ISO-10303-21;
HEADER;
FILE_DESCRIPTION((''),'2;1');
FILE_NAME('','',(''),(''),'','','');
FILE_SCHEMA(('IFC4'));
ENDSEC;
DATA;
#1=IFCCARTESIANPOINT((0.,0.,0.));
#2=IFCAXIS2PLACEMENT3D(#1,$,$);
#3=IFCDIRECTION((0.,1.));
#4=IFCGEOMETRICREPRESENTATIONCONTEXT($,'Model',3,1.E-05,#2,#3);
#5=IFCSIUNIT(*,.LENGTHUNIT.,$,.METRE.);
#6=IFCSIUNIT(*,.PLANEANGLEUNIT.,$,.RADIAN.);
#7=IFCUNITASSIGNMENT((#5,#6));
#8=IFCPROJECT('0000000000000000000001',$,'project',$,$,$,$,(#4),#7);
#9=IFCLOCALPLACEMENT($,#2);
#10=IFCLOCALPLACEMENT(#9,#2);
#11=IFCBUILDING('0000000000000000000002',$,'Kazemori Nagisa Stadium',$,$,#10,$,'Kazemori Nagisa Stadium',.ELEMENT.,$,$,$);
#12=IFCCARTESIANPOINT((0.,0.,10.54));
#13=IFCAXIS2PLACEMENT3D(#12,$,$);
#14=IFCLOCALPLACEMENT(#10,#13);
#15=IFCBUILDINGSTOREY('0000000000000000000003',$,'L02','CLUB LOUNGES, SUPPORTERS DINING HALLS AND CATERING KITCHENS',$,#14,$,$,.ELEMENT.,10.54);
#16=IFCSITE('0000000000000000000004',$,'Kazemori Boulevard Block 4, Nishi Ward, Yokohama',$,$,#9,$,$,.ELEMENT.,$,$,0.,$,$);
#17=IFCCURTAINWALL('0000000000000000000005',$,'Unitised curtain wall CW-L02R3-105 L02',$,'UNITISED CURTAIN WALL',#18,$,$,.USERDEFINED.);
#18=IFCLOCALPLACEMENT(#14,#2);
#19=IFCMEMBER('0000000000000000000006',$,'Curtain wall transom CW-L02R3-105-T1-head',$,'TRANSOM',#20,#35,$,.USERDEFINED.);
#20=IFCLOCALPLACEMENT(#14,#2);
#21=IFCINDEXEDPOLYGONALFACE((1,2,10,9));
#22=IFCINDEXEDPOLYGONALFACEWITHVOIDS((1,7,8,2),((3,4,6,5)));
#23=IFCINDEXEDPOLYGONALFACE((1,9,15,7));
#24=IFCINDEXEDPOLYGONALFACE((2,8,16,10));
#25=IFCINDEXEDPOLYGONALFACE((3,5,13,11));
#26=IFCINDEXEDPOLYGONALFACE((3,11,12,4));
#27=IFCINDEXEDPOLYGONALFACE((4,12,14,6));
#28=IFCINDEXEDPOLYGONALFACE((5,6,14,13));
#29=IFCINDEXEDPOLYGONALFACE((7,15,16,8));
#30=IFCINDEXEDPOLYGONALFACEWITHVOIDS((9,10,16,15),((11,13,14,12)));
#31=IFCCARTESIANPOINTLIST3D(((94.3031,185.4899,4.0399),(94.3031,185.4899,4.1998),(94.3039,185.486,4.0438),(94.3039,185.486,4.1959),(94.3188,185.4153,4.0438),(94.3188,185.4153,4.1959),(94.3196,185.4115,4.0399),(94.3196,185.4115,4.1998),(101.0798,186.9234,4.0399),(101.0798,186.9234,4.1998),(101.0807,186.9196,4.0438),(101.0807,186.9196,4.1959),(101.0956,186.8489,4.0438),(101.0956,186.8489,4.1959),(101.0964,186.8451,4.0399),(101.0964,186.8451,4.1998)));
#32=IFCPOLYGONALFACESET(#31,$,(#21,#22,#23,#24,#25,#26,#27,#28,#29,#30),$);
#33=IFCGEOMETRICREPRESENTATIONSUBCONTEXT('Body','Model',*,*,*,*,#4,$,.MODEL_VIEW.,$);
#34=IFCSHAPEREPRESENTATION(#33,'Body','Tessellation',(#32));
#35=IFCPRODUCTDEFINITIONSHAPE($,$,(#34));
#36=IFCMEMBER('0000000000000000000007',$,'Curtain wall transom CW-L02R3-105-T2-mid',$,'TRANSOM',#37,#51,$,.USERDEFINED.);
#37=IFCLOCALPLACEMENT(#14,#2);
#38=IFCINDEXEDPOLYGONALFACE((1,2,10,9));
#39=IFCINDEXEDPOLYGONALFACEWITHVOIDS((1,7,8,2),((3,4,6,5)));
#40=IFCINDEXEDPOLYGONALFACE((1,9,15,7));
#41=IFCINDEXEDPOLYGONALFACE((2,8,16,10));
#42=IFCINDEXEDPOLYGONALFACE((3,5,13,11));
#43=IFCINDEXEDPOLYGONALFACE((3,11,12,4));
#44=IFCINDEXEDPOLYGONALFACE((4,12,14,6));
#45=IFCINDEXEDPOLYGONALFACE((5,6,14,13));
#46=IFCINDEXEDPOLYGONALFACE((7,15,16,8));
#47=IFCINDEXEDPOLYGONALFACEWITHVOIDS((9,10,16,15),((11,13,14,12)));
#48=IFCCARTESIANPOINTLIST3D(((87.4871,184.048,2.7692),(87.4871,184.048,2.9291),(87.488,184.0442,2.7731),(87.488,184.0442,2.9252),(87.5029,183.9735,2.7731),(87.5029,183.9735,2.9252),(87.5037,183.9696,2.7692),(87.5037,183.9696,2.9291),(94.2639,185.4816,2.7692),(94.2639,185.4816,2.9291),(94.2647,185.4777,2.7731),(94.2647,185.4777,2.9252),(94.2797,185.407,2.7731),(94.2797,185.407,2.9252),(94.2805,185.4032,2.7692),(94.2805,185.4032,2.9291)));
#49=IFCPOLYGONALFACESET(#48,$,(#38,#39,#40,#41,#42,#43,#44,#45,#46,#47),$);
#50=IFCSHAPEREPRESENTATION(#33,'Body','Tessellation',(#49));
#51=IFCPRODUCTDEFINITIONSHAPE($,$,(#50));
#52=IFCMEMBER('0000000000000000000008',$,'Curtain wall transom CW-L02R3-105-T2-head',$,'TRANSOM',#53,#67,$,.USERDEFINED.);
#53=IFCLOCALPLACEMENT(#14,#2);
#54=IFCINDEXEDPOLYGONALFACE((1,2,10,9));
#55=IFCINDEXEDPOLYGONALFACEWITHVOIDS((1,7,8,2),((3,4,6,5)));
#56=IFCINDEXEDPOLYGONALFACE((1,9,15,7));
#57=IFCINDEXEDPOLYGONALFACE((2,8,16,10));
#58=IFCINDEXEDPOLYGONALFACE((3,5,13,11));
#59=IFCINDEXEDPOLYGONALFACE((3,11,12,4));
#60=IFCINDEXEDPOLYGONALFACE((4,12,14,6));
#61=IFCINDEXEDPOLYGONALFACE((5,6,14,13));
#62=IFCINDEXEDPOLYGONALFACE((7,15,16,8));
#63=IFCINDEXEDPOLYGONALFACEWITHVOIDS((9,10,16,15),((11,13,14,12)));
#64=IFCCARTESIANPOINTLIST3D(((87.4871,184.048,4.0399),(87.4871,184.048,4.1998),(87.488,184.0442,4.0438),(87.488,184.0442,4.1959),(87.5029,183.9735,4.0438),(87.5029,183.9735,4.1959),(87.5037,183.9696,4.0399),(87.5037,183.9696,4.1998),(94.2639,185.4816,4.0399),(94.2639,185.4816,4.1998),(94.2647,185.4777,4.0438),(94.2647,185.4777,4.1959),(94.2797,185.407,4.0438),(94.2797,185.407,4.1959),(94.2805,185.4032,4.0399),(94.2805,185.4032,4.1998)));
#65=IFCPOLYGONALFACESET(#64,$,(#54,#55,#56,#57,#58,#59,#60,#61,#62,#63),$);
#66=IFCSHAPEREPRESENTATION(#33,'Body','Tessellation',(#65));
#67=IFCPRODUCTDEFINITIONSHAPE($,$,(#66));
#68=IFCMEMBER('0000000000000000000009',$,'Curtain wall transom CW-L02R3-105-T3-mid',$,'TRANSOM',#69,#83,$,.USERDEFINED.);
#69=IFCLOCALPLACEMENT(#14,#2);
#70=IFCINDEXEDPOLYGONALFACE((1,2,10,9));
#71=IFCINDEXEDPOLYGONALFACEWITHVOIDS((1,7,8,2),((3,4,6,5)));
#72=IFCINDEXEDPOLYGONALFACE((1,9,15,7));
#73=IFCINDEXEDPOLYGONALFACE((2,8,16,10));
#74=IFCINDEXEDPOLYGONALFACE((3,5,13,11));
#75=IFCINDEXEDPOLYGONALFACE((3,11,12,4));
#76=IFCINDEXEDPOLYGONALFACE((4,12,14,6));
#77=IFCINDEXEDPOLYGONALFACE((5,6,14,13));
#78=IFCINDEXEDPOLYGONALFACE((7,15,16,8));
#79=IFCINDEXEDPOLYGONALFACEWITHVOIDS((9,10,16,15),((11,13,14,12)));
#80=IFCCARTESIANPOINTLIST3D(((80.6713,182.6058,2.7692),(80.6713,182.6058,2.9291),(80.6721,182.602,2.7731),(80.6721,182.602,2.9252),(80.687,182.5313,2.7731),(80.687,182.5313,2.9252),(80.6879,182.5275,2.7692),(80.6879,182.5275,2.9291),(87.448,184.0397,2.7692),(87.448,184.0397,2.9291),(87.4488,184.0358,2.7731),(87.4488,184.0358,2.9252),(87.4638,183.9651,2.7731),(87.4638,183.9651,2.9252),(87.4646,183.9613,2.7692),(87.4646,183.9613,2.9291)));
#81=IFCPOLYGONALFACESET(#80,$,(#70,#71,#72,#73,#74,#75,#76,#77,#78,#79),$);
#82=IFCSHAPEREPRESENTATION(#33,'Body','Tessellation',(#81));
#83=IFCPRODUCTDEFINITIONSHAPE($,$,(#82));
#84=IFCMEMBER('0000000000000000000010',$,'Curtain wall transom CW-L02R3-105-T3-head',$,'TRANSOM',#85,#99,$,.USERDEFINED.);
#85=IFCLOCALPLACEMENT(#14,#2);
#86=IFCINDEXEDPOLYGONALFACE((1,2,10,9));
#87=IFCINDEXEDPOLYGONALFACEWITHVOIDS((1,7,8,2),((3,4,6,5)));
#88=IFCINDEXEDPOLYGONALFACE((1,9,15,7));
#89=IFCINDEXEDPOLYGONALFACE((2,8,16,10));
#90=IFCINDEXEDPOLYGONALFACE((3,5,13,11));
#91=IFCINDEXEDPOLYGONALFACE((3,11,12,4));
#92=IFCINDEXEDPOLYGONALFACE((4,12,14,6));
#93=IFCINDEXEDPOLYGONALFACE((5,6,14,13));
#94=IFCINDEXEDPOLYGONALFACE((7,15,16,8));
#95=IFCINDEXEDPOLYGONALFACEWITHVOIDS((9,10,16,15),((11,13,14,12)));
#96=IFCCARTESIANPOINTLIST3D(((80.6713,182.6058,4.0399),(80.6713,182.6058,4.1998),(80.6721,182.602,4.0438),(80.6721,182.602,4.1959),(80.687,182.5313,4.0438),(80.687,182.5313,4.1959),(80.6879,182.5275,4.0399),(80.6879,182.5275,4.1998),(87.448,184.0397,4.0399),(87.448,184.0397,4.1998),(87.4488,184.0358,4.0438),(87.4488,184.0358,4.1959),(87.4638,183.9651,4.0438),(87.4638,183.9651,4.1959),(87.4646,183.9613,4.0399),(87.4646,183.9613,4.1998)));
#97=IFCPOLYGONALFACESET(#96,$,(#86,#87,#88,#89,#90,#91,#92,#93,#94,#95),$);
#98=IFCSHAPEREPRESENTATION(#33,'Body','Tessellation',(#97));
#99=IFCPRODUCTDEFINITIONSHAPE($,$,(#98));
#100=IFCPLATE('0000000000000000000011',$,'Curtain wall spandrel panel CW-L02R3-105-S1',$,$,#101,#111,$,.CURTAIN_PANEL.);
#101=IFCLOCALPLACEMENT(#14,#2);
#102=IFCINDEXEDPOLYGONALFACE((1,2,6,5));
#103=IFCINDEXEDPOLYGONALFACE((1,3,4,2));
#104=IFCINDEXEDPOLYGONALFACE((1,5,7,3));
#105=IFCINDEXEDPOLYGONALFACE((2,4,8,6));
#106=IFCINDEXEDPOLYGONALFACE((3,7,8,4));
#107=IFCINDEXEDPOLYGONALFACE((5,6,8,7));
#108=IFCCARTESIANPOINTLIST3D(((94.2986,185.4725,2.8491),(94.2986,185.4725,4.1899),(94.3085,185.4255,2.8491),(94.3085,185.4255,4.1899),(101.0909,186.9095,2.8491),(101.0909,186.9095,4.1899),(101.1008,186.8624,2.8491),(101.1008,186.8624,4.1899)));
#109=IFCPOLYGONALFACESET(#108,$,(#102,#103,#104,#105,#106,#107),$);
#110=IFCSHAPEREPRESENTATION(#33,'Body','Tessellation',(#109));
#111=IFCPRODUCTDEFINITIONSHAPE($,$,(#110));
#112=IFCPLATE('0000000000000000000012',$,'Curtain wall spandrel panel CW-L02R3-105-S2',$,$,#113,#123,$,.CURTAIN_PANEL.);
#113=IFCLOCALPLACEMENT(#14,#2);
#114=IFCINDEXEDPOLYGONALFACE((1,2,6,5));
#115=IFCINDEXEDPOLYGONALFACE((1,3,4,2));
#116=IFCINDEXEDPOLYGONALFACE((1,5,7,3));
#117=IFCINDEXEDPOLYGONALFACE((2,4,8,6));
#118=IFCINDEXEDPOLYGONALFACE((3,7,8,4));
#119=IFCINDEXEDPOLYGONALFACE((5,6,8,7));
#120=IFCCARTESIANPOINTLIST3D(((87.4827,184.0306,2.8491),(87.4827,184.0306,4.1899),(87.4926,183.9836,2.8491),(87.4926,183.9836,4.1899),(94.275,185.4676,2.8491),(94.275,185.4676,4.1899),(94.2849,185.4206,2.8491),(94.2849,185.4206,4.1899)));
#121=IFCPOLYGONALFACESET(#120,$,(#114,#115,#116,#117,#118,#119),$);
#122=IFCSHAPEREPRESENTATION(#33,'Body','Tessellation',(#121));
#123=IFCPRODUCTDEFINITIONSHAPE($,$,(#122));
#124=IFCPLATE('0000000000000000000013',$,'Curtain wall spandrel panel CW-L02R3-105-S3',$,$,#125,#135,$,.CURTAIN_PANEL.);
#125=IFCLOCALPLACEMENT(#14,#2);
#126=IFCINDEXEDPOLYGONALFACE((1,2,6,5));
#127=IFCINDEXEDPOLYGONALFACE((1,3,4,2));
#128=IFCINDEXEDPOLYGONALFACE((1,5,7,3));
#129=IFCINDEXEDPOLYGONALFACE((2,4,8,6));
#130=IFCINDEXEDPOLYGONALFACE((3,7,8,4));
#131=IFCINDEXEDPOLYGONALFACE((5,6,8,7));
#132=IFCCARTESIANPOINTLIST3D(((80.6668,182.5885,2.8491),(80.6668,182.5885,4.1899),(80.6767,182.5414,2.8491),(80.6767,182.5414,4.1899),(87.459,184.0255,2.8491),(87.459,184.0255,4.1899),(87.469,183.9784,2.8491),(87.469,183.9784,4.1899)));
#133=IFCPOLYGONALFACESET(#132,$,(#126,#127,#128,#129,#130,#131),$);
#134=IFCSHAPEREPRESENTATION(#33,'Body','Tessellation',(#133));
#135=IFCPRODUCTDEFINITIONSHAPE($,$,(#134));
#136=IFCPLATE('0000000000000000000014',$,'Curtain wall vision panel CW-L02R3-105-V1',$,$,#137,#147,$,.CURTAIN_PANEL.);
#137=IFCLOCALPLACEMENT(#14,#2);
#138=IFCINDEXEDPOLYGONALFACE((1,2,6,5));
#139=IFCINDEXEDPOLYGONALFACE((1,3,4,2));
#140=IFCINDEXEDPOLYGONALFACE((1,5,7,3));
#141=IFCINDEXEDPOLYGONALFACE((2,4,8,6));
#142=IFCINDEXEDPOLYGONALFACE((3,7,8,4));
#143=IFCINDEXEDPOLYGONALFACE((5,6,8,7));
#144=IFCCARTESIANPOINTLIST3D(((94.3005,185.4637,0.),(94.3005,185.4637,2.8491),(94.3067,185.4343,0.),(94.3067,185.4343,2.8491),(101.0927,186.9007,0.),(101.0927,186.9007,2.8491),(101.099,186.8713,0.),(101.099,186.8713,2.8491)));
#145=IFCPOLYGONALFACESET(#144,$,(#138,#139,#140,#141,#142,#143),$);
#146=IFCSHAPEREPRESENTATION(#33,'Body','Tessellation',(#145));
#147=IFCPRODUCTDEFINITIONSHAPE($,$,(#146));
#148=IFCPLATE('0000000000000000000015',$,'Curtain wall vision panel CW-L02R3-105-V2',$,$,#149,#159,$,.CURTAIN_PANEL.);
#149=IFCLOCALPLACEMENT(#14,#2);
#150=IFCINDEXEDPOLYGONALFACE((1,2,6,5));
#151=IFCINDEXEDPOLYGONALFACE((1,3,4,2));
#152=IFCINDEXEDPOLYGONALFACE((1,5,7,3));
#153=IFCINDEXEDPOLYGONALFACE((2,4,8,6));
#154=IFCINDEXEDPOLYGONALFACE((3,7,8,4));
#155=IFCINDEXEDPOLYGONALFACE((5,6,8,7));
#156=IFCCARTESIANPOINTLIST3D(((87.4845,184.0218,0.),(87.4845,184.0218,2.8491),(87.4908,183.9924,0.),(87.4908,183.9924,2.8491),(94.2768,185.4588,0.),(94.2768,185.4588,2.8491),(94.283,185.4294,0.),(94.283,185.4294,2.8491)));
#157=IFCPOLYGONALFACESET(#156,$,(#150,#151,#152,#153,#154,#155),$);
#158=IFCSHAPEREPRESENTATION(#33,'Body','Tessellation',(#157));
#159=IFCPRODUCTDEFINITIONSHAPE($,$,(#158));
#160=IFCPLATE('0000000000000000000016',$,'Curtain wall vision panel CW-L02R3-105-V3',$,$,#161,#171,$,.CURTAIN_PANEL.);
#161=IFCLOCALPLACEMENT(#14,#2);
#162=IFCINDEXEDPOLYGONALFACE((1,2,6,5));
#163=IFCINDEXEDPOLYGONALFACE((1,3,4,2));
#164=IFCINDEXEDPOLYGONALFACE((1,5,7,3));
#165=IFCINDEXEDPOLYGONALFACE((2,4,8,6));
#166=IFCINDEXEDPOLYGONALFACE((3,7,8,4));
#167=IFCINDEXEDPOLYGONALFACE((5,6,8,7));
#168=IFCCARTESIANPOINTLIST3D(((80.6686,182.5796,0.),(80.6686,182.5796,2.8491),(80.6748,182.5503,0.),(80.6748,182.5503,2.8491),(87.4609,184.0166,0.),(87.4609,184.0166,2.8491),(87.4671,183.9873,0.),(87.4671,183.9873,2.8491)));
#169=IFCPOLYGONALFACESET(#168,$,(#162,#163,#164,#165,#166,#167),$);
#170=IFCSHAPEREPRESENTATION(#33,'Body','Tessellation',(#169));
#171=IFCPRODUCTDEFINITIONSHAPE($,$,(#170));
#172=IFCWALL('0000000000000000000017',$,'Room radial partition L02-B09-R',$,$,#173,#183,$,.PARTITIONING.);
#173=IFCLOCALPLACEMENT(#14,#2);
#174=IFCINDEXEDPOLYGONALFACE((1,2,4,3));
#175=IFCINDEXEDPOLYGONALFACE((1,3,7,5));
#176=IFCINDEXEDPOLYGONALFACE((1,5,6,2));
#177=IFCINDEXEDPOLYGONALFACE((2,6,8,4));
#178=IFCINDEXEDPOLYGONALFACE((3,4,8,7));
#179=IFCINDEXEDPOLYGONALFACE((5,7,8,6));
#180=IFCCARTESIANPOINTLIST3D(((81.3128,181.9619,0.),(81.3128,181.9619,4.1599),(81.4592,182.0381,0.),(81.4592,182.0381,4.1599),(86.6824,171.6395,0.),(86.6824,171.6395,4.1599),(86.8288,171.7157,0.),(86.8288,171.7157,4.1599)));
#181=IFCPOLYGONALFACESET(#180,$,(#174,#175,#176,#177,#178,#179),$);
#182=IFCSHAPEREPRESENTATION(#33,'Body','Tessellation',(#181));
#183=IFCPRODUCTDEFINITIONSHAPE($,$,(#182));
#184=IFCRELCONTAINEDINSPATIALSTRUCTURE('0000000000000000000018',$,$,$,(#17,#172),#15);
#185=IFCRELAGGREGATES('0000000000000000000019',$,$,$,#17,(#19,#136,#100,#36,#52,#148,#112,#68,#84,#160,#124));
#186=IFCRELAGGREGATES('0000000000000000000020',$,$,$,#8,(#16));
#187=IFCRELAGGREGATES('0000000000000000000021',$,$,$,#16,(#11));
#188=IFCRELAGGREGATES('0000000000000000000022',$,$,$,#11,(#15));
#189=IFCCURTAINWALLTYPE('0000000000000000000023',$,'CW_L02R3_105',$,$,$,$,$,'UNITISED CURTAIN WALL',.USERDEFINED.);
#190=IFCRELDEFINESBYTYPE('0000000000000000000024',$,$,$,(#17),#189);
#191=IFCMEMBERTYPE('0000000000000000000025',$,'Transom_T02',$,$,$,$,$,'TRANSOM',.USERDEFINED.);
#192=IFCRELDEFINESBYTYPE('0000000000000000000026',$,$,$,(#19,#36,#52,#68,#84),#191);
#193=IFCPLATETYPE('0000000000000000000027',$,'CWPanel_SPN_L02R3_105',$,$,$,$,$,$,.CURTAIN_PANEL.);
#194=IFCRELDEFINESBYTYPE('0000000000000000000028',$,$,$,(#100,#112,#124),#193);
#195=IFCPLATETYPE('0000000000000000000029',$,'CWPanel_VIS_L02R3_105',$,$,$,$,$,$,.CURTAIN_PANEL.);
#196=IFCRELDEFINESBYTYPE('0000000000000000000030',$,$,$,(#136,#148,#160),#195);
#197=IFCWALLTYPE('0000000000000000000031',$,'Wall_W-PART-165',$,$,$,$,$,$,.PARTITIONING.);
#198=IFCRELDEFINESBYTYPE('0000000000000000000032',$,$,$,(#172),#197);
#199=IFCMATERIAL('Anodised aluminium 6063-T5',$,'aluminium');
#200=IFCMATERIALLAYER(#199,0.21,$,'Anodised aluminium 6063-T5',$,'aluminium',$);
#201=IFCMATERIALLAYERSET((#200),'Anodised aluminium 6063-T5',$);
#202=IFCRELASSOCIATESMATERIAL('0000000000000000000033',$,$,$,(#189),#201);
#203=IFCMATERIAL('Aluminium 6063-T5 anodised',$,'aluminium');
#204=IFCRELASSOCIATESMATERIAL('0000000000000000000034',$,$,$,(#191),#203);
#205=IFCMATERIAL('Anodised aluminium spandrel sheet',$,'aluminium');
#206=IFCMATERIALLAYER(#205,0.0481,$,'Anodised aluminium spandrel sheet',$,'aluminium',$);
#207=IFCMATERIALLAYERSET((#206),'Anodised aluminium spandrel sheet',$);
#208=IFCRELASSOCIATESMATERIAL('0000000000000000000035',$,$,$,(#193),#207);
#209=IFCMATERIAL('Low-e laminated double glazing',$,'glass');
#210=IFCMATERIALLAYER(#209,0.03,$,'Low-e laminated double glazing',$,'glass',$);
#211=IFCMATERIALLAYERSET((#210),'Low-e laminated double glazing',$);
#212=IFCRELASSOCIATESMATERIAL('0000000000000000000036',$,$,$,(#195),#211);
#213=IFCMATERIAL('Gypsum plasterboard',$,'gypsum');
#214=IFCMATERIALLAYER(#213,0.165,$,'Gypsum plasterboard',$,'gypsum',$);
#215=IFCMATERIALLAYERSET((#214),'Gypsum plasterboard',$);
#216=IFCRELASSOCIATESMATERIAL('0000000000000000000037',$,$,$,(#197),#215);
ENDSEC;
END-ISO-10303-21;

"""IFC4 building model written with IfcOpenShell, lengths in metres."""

from ifc_helpers import new_model, si_unit, direction, frame, frame_2d, origin, origin_2d, place, context, subcontext, project, spatial, rectangle, hollow_rectangle, extrude, material, layer, layer_set, material_profile, profile_set, type_object, element, aggregate, save


model = new_model("IFC4")

# Units and contexts
model_context = context("Model", 3, precision=1e-05, world=origin(), true_north=direction((0.0, 1.0)))
body_context = subcontext(model_context, "Body", "Model", "MODEL_VIEW")
ifc_project = project(units=[si_unit("LENGTHUNIT", "METRE"), si_unit("PLANEANGLEUNIT", "RADIAN")], contexts=[model_context])

# Site, building, storey
site_placement = place(None, origin())
site = spatial("IfcSite", under=ifc_project, at=site_placement, Name="Kazemori Boulevard Block 4, Nishi Ward, Yokohama", CompositionType="ELEMENT", RefElevation=0.0)
building_placement = place(site_placement, origin())
building = spatial("IfcBuilding", under=site, at=building_placement, Name="Kazemori Nagisa Stadium", LongName="Kazemori Nagisa Stadium", CompositionType="ELEMENT")
storey_placement = place(building_placement, frame((0.0, 0.0, 10.54)))
storey = spatial("IfcBuildingStorey", under=building, at=storey_placement, Name="L02", Description="CLUB LOUNGES, SUPPORTERS DINING HALLS AND CATERING KITCHENS", CompositionType="ELEMENT", Elevation=10.54)

# Curtain wall, members, plates
ifc_material_1 = material(Name="Anodised aluminium 6063-T5", Category="aluminium")
ifc_layer_1 = layer(ifc_material_1, 0.21, Name="Anodised aluminium 6063-T5", Category="aluminium")
ifc_layer_set_1 = layer_set([ifc_layer_1], Name="Anodised aluminium 6063-T5")
curtain_wall_type = type_object("IfcCurtainWallType", Name="CW_L02R3_105", ElementType="UNITISED CURTAIN WALL", PredefinedType="USERDEFINED", material=ifc_layer_set_1)
curtain_wall_placement = place(storey_placement, origin())
curtain_wall = element("IfcCurtainWall", 1, at=curtain_wall_placement, inside=storey, type_object=curtain_wall_type, Name="Unitised curtain wall CW-L02R3-105 L02", ObjectType="UNITISED CURTAIN WALL", PredefinedType="USERDEFINED")
ifc_material_2 = material(Name="Aluminium 6063-T5 anodised", Category="aluminium")
ifc_material_profile_1 = material_profile(ifc_material_2, hollow_rectangle(XDim=0.0801, YDim=0.1599, WallThickness=0.0039, at=origin_2d()), Name="ALU-TRAN-80x160x4")
ifc_profile_set_1 = profile_set([ifc_material_profile_1], Name="Aluminium 6063-T5 anodised")
member_type_1 = type_object("IfcMemberType", Name="Transom_T02", ElementType="TRANSOM", PredefinedType="USERDEFINED", material=ifc_profile_set_1)
member_1_placement = place(storey_placement, frame((101.0881, 186.8843, 4.1199), z_axis=(-0.978349, -0.206962, 0.0), x_axis=(0.206962, -0.978349, 0.0)))
member_1 = element("IfcMember", 2, at=member_1_placement, type_object=member_type_1, Name="Curtain wall transom CW-L02R3-105-T1-head", ObjectType="TRANSOM", PredefinedType="USERDEFINED", context=body_context, shape_type="SweptSolid", body=[
    extrude(hollow_rectangle(XDim=0.0801, YDim=0.1599, WallThickness=0.0039, at=origin_2d()), origin(), (0.0, 0.0, 1.0), 6.9268),
])
member_2_placement = place(storey_placement, frame((94.2722, 185.4424, 2.8491), z_axis=(-0.978349, -0.206962, 0.0), x_axis=(0.206962, -0.978349, 0.0)))
member_2 = element("IfcMember", 3, at=member_2_placement, type_object=member_type_1, Name="Curtain wall transom CW-L02R3-105-T2-mid", ObjectType="TRANSOM", PredefinedType="USERDEFINED", context=body_context, shape_type="SweptSolid", body=[
    extrude(hollow_rectangle(XDim=0.0801, YDim=0.1599, WallThickness=0.0039, at=origin_2d()), origin(), (0.0, 0.0, 1.0), 6.9268),
])
member_3_placement = place(storey_placement, frame((94.2722, 185.4424, 4.1199), z_axis=(-0.978349, -0.206962, 0.0), x_axis=(0.206962, -0.978349, 0.0)))
member_3 = element("IfcMember", 4, at=member_3_placement, type_object=member_type_1, Name="Curtain wall transom CW-L02R3-105-T2-head", ObjectType="TRANSOM", PredefinedType="USERDEFINED", context=body_context, shape_type="SweptSolid", body=[
    extrude(hollow_rectangle(XDim=0.0801, YDim=0.1599, WallThickness=0.0039, at=origin_2d()), origin(), (0.0, 0.0, 1.0), 6.9268),
])
member_4_placement = place(storey_placement, frame((87.4563, 184.0005, 2.8491), z_axis=(-0.978342, -0.206996, 0.0), x_axis=(0.206996, -0.978342, 0.0)))
member_4 = element("IfcMember", 5, at=member_4_placement, type_object=member_type_1, Name="Curtain wall transom CW-L02R3-105-T3-mid", ObjectType="TRANSOM", PredefinedType="USERDEFINED", context=body_context, shape_type="SweptSolid", body=[
    extrude(hollow_rectangle(XDim=0.0801, YDim=0.1599, WallThickness=0.0039, at=origin_2d()), origin(), (0.0, 0.0, 1.0), 6.9268),
])
member_5_placement = place(storey_placement, frame((87.4563, 184.0005, 4.1199), z_axis=(-0.978342, -0.206996, 0.0), x_axis=(0.206996, -0.978342, 0.0)))
member_5 = element("IfcMember", 6, at=member_5_placement, type_object=member_type_1, Name="Curtain wall transom CW-L02R3-105-T3-head", ObjectType="TRANSOM", PredefinedType="USERDEFINED", context=body_context, shape_type="SweptSolid", body=[
    extrude(hollow_rectangle(XDim=0.0801, YDim=0.1599, WallThickness=0.0039, at=origin_2d()), origin(), (0.0, 0.0, 1.0), 6.9268),
])
ifc_material_3 = material(Name="Anodised aluminium spandrel sheet", Category="aluminium")
ifc_layer_2 = layer(ifc_material_3, 0.0481, Name="Anodised aluminium spandrel sheet", Category="aluminium")
ifc_layer_set_2 = layer_set([ifc_layer_2], Name="Anodised aluminium spandrel sheet")
plate_type_1 = type_object("IfcPlateType", Name="CWPanel_SPN_L02R3_105", PredefinedType="CURTAIN_PANEL", material=ifc_layer_set_2)
plate_1_placement = place(storey_placement, frame((97.6997, 186.1675, 2.8491), z_axis=(0.0, 0.0, 1.0), x_axis=(-0.978345, -0.206981, 0.0)))
plate_1 = element("IfcPlate", 7, at=plate_1_placement, type_object=plate_type_1, Name="Curtain wall spandrel panel CW-L02R3-105-S1", PredefinedType="CURTAIN_PANEL", context=body_context, shape_type="SweptSolid", body=[
    extrude(rectangle(XDim=6.9426, YDim=0.0481, at=origin_2d()), origin(), (0.0, 0.0, 1.0), 1.3408),
])
plate_2_placement = place(storey_placement, frame((90.8838, 184.7256, 2.8491), z_axis=(0.0, 0.0, 1.0), x_axis=(-0.978345, -0.206981, 0.0)))
plate_2 = element("IfcPlate", 8, at=plate_2_placement, type_object=plate_type_1, Name="Curtain wall spandrel panel CW-L02R3-105-S2", PredefinedType="CURTAIN_PANEL", context=body_context, shape_type="SweptSolid", body=[
    extrude(rectangle(XDim=6.9426, YDim=0.0481, at=origin_2d()), origin(), (0.0, 0.0, 1.0), 1.3408),
])
plate_3_placement = place(storey_placement, frame((84.0679, 183.2834, 2.8491), z_axis=(0.0, 0.0, 1.0), x_axis=(-0.978345, -0.206981, 0.0)))
plate_3 = element("IfcPlate", 9, at=plate_3_placement, type_object=plate_type_1, Name="Curtain wall spandrel panel CW-L02R3-105-S3", PredefinedType="CURTAIN_PANEL", context=body_context, shape_type="SweptSolid", body=[
    extrude(rectangle(XDim=6.9426, YDim=0.0481, at=origin_2d()), origin(), (0.0, 0.0, 1.0), 1.3408),
])
ifc_material_4 = material(Name="Low-e laminated double glazing", Category="glass")
ifc_layer_3 = layer(ifc_material_4, 0.03, Name="Low-e laminated double glazing", Category="glass")
ifc_layer_set_3 = layer_set([ifc_layer_3], Name="Low-e laminated double glazing")
plate_type_2 = type_object("IfcPlateType", Name="CWPanel_VIS_L02R3_105", PredefinedType="CURTAIN_PANEL", material=ifc_layer_set_3)
plate_4_placement = place(storey_placement, frame((97.6997, 186.1675, 0.0), z_axis=(0.0, 0.0, 1.0), x_axis=(-0.978345, -0.206981, 0.0)))
plate_4 = element("IfcPlate", 10, at=plate_4_placement, type_object=plate_type_2, Name="Curtain wall vision panel CW-L02R3-105-V1", PredefinedType="CURTAIN_PANEL", context=body_context, shape_type="SweptSolid", body=[
    extrude(rectangle(XDim=6.9426, YDim=0.03, at=origin_2d()), origin(), (0.0, 0.0, 1.0), 2.8491),
])
plate_5_placement = place(storey_placement, frame((90.8838, 184.7256, 0.0), z_axis=(0.0, 0.0, 1.0), x_axis=(-0.978345, -0.206981, 0.0)))
plate_5 = element("IfcPlate", 11, at=plate_5_placement, type_object=plate_type_2, Name="Curtain wall vision panel CW-L02R3-105-V2", PredefinedType="CURTAIN_PANEL", context=body_context, shape_type="SweptSolid", body=[
    extrude(rectangle(XDim=6.9426, YDim=0.03, at=origin_2d()), origin(), (0.0, 0.0, 1.0), 2.8491),
])
plate_6_placement = place(storey_placement, frame((84.0679, 183.2834, 0.0), z_axis=(0.0, 0.0, 1.0), x_axis=(-0.978345, -0.206981, 0.0)))
plate_6 = element("IfcPlate", 12, at=plate_6_placement, type_object=plate_type_2, Name="Curtain wall vision panel CW-L02R3-105-V3", PredefinedType="CURTAIN_PANEL", context=body_context, shape_type="SweptSolid", body=[
    extrude(rectangle(XDim=6.9426, YDim=0.03, at=origin_2d()), origin(), (0.0, 0.0, 1.0), 2.8491),
])
aggregate(curtain_wall, [member_1, plate_4, plate_1, member_2, member_3, plate_5, plate_2, member_4, member_5, plate_6, plate_3])

# Wall
ifc_material_5 = material(Name="Gypsum plasterboard", Category="gypsum")
ifc_layer_4 = layer(ifc_material_5, 0.165, Name="Gypsum plasterboard", Category="gypsum")
ifc_layer_set_4 = layer_set([ifc_layer_4], Name="Gypsum plasterboard")
wall_type = type_object("IfcWallType", Name="Wall_W-PART-165", PredefinedType="PARTITIONING", material=ifc_layer_set_4)
wall_placement = place(storey_placement, frame((86.7556, 171.6775, 0.0), z_axis=(0.0, 0.0, 1.0), x_axis=(-0.461483, 0.887149, 0.0)))
element("IfcWall", 13, at=wall_placement, inside=storey, type_object=wall_type, Name="Room radial partition L02-B09-R", PredefinedType="PARTITIONING", context=body_context, shape_type="SweptSolid", body=[
    extrude(rectangle(XDim=11.6355, YDim=0.165, at=frame_2d((5.8179, 0.0))), origin(), (0.0, 0.0, 1.0), 4.1599),
])

save(model, "model.ifc")
